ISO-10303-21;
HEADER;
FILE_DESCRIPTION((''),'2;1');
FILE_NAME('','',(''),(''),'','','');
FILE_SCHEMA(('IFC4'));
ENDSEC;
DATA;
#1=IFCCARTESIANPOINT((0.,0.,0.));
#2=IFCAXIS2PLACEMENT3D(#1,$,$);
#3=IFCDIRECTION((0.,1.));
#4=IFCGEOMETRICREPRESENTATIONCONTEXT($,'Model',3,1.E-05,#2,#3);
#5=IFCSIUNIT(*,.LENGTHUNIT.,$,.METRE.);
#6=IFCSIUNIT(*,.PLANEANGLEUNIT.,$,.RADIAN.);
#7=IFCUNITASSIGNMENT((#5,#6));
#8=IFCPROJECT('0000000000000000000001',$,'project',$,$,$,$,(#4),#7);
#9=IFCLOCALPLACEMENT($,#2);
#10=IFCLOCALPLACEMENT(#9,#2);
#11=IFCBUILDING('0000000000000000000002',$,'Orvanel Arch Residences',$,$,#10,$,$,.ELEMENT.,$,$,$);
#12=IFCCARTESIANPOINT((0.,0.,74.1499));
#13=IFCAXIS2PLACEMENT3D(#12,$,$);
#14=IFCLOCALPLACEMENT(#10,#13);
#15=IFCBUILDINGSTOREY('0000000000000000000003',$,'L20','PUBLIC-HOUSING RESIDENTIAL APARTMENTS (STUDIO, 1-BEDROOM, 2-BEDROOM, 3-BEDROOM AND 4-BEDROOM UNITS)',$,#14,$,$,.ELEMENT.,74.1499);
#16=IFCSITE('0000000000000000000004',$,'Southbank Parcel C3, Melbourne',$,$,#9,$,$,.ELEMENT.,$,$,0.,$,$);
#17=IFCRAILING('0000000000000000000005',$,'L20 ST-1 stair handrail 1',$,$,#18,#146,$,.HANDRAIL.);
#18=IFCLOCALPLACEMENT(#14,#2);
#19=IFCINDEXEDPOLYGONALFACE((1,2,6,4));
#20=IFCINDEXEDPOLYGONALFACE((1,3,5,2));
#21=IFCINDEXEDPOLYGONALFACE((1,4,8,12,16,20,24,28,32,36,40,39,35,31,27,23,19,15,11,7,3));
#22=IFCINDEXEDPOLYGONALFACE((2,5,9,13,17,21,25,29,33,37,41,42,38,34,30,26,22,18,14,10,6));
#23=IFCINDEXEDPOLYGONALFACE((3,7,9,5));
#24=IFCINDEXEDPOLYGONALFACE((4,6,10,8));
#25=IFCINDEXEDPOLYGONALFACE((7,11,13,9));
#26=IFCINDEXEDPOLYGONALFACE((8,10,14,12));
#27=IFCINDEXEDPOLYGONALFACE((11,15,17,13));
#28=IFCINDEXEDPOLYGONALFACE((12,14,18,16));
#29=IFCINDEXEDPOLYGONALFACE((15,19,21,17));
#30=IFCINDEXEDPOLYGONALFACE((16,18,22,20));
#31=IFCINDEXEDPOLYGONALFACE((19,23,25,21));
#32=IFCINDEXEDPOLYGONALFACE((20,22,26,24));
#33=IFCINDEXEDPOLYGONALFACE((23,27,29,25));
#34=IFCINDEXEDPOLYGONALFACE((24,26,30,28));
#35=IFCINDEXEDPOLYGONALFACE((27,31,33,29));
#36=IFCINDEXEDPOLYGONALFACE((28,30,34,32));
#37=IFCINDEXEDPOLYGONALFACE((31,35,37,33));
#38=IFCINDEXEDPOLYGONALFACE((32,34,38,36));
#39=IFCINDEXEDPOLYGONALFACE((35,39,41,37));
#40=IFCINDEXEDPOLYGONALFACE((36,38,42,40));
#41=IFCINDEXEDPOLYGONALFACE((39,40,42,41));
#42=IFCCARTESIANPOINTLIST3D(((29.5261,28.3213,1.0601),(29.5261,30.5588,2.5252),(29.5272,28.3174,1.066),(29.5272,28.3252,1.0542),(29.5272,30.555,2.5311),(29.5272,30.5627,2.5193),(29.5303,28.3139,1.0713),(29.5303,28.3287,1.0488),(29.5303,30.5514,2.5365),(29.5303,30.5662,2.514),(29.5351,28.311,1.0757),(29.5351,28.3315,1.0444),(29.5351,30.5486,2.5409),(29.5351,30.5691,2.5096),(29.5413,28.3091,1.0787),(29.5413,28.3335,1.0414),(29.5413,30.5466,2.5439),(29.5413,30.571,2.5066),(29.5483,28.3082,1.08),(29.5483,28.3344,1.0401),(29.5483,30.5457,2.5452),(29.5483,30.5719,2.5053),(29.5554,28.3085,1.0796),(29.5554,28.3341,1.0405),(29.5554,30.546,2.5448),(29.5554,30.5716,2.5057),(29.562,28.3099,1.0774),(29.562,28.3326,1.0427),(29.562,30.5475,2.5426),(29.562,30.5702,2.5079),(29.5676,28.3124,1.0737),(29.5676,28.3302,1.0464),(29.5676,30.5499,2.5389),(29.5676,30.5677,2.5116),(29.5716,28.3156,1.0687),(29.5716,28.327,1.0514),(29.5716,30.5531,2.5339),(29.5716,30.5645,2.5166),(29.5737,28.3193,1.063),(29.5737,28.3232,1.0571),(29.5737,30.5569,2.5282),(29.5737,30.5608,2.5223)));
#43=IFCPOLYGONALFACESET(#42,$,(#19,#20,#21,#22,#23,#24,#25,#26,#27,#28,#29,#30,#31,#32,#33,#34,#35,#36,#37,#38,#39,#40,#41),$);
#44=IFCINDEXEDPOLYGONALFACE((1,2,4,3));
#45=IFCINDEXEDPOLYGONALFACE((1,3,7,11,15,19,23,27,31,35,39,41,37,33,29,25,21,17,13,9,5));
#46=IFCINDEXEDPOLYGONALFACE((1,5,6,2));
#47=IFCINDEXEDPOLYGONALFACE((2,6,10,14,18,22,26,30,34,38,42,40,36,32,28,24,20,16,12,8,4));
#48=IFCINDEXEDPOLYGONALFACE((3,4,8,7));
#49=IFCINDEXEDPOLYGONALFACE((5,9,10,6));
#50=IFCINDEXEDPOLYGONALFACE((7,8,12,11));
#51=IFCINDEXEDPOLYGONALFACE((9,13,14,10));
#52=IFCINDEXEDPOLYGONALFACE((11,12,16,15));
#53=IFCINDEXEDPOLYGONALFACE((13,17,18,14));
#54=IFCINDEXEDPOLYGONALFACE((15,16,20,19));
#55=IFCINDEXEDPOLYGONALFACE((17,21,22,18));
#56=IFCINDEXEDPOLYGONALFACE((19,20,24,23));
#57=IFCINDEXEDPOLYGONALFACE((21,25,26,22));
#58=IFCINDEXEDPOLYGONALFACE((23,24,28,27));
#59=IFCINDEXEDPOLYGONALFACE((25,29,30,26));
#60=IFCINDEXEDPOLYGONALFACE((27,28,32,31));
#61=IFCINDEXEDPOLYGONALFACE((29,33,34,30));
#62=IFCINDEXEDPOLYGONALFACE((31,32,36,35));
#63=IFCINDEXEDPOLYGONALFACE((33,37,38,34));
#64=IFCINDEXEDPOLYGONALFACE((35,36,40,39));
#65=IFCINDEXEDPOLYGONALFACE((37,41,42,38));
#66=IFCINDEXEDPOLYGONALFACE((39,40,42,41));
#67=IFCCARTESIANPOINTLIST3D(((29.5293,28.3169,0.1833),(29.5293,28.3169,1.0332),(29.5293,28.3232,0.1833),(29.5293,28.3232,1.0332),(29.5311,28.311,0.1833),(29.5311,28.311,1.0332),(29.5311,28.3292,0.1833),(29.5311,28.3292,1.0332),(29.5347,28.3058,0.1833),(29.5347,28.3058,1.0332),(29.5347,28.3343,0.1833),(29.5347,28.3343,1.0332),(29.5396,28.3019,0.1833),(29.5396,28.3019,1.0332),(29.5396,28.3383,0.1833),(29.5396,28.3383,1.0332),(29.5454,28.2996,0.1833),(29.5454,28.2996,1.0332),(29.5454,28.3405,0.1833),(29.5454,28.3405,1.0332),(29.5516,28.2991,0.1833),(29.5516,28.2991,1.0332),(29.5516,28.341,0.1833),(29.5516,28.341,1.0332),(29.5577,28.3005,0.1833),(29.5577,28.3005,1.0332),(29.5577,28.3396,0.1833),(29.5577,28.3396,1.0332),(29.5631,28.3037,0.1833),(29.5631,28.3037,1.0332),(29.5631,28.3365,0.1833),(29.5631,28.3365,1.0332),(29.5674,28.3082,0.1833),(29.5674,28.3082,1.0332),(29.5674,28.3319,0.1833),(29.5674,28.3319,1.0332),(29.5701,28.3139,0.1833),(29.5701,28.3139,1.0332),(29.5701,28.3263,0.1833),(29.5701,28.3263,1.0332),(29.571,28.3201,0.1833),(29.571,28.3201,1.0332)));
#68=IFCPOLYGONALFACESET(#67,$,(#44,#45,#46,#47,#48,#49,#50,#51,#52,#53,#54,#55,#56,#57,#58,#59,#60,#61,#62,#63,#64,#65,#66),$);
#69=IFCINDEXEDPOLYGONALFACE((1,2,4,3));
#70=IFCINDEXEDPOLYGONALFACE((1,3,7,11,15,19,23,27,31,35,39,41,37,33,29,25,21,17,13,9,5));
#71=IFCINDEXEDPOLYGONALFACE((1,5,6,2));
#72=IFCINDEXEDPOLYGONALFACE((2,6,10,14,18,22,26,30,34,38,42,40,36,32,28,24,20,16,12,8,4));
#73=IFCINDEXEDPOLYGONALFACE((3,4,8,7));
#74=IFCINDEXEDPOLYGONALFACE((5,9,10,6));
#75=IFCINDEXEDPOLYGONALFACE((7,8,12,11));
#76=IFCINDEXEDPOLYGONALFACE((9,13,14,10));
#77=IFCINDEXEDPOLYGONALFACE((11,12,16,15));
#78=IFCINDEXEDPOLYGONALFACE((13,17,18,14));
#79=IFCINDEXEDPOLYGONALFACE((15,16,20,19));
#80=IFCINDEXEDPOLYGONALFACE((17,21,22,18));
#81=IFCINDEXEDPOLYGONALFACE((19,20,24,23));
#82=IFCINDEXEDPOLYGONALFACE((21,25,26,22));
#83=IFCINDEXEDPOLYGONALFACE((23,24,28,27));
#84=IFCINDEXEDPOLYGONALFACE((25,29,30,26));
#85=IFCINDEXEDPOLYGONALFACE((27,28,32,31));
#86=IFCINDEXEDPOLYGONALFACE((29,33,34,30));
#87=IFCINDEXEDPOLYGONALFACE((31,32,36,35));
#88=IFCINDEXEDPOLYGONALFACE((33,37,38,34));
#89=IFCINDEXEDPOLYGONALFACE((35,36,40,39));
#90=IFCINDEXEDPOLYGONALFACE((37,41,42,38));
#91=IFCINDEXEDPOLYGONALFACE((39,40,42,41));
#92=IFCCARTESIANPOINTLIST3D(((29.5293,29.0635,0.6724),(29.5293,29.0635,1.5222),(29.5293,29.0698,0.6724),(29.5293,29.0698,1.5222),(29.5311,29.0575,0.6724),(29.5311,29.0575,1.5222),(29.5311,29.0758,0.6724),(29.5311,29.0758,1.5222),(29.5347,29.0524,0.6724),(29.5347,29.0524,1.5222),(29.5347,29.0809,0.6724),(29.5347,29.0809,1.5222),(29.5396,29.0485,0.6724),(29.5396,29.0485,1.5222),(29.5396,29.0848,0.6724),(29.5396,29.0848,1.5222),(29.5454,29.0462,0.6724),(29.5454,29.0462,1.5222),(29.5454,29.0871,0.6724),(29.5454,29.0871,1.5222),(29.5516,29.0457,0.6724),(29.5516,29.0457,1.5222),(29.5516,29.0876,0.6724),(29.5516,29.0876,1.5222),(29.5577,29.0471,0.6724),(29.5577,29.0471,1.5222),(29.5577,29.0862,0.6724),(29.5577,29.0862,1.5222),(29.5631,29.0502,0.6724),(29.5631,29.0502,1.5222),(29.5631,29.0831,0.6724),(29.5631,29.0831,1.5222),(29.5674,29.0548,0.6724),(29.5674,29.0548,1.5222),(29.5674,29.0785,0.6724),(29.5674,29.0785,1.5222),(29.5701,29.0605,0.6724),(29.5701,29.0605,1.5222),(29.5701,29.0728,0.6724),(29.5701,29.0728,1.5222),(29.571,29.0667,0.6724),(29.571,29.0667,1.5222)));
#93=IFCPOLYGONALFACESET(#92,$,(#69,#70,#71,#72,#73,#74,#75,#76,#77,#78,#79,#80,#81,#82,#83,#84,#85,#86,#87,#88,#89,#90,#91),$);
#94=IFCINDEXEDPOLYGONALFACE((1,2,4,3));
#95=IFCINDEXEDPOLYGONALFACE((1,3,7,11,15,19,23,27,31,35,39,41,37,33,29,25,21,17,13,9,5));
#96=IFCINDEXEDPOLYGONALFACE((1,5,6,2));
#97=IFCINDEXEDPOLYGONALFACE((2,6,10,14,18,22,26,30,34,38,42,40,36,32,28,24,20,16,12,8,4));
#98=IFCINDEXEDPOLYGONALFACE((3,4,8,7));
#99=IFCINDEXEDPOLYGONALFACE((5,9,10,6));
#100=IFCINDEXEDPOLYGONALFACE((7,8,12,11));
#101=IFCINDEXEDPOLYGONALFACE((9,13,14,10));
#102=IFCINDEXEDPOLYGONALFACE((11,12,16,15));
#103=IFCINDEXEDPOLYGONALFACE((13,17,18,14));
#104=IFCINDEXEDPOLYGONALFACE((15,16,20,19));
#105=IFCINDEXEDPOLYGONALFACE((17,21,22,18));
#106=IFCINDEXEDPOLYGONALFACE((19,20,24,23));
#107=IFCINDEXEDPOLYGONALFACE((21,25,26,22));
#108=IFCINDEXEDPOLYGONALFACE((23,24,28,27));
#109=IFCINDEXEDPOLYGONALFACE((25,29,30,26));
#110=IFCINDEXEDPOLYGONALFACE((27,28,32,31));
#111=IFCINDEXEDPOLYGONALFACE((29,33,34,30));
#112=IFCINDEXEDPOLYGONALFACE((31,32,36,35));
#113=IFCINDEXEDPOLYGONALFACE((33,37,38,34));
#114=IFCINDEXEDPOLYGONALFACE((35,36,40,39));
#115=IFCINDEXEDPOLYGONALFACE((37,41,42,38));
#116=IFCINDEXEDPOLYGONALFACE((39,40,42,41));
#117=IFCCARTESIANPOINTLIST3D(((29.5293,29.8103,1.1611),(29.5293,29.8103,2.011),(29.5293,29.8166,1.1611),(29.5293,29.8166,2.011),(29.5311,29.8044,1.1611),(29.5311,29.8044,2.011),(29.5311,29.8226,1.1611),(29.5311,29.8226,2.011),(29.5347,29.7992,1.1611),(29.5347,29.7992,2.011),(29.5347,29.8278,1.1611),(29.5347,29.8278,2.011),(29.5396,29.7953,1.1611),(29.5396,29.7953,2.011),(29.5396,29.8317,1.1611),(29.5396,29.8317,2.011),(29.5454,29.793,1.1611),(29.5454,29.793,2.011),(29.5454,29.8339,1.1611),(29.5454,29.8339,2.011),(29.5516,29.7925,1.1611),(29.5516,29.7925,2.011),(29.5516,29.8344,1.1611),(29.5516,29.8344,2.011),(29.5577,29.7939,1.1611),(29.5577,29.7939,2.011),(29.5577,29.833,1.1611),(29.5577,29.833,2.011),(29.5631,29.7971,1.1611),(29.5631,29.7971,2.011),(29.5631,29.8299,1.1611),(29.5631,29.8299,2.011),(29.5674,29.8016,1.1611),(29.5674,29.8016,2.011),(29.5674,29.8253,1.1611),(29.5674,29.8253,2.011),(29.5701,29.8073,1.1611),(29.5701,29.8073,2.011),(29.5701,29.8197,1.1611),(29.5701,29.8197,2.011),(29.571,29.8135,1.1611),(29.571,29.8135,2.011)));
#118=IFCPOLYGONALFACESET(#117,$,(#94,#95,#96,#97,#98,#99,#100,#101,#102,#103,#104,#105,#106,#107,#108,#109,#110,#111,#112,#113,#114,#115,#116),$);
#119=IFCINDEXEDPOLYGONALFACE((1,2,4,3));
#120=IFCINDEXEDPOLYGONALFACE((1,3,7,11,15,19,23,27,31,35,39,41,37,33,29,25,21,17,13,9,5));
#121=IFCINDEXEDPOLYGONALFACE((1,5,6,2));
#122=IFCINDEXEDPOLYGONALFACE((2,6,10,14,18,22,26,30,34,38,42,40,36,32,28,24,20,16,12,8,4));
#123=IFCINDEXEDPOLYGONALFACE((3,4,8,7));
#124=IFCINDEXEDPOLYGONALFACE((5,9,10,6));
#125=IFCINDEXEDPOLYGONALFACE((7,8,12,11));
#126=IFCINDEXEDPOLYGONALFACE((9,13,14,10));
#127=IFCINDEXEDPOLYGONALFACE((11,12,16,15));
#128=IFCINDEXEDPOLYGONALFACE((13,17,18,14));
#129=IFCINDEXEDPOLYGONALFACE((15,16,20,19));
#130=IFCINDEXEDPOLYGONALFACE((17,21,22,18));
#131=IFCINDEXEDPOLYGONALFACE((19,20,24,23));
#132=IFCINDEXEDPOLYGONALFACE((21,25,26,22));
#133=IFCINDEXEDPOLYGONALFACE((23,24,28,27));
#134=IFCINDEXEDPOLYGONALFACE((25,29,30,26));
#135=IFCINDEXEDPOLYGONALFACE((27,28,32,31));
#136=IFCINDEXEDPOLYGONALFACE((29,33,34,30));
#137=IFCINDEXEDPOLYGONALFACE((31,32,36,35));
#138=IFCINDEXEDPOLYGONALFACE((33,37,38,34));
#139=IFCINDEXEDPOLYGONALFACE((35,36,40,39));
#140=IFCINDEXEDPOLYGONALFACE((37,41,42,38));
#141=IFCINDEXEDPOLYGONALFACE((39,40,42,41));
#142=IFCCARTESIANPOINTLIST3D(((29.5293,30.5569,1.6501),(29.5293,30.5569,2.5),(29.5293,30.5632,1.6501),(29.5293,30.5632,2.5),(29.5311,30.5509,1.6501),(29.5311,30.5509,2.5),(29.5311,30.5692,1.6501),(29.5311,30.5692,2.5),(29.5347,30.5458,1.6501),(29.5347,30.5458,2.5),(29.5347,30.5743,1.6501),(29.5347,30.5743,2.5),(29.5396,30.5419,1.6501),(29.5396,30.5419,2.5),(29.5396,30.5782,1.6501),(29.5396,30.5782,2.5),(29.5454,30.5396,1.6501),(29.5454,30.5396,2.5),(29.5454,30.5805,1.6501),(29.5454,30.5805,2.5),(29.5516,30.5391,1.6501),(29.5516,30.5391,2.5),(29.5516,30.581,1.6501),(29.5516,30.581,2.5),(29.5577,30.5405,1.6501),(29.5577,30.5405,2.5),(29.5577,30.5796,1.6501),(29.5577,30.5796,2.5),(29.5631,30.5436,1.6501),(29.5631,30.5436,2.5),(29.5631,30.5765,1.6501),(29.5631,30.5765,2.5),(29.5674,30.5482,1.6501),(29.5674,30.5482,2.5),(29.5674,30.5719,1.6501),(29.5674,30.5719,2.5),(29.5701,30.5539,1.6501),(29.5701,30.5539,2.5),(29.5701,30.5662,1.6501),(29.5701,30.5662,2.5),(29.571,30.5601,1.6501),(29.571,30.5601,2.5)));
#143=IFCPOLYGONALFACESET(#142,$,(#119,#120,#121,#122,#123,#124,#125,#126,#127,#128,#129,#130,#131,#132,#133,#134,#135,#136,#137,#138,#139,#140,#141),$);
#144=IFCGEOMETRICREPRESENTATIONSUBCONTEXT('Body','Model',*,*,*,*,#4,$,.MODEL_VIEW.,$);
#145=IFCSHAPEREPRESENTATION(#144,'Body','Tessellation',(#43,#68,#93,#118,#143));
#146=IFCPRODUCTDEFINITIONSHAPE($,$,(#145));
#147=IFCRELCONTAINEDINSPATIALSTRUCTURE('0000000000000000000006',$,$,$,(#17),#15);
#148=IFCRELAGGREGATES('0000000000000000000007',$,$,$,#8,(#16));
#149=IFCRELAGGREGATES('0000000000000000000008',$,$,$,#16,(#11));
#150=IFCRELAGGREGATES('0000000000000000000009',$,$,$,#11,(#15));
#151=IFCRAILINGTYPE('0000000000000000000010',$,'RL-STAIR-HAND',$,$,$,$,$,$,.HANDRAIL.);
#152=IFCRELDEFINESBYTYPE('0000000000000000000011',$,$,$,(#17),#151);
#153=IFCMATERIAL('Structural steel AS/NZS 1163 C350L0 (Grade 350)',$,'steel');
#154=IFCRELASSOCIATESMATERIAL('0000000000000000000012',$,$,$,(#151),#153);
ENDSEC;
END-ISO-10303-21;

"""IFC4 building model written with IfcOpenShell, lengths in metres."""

from ifc_helpers import new_model, si_unit, direction, frame, origin, origin_2d, place, context, subcontext, project, spatial, circle, extrude, material, type_object, element, save


model = new_model("IFC4")

# Units and contexts
model_context = context("Model", 3, precision=1e-05, world=origin(), true_north=direction((0.0, 1.0)))
body_context = subcontext(model_context, "Body", "Model", "MODEL_VIEW")
ifc_project = project(units=[si_unit("LENGTHUNIT", "METRE"), si_unit("PLANEANGLEUNIT", "RADIAN")], contexts=[model_context])

# Site, building, storey
site_placement = place(None, origin())
site = spatial("IfcSite", under=ifc_project, at=site_placement, Name="Southbank Parcel C3, Melbourne", CompositionType="ELEMENT", RefElevation=0.0)
building_placement = place(site_placement, origin())
building = spatial("IfcBuilding", under=site, at=building_placement, Name="Orvanel Arch Residences", CompositionType="ELEMENT")
storey_placement = place(building_placement, frame((0.0, 0.0, 74.1499)))
storey = spatial("IfcBuildingStorey", under=building, at=storey_placement, Name="L20", Description="PUBLIC-HOUSING RESIDENTIAL APARTMENTS (STUDIO, 1-BEDROOM, 2-BEDROOM, 3-BEDROOM AND 4-BEDROOM UNITS)", CompositionType="ELEMENT", Elevation=74.1499)

# Railing
ifc_material_1 = material(Name="Structural steel AS/NZS 1163 C350L0 (Grade 350)", Category="steel")
railing_type_1 = type_object("IfcRailingType", Name="RL-STAIR-HAND", PredefinedType="HANDRAIL", material=ifc_material_1)
railing_1_placement = place(storey_placement, frame((29.55, 28.3201, 0.1833)))
element("IfcRailing", 1, at=railing_1_placement, inside=storey, type_object=railing_type_1, Name="L20 ST-1 stair handrail 1", PredefinedType="HANDRAIL", context=body_context, shape_type="SweptSolid", body=[
    extrude(circle(Radius=0.0239, at=origin_2d()), frame((0.0, 0.0012, 0.8767), z_axis=(0.0, 0.836595, 0.547822), x_axis=(-1.0, 0.0, 0.0)), (0.0, 0.0, 1.0), 2.6746),
    extrude(circle(Radius=0.021, at=origin_2d()), origin(), (0.0, 0.0, 1.0), 0.8499),
    extrude(circle(Radius=0.021, at=origin_2d()), frame((0.0, 0.7466, 0.489)), (0.0, 0.0, 1.0), 0.8499),
    extrude(circle(Radius=0.021, at=origin_2d()), frame((0.0, 1.4934, 0.9778)), (0.0, 0.0, 1.0), 0.8499),
    extrude(circle(Radius=0.021, at=origin_2d()), frame((0.0, 2.24, 1.4668)), (0.0, 0.0, 1.0), 0.8499),
])

save(model, "model.ifc")
